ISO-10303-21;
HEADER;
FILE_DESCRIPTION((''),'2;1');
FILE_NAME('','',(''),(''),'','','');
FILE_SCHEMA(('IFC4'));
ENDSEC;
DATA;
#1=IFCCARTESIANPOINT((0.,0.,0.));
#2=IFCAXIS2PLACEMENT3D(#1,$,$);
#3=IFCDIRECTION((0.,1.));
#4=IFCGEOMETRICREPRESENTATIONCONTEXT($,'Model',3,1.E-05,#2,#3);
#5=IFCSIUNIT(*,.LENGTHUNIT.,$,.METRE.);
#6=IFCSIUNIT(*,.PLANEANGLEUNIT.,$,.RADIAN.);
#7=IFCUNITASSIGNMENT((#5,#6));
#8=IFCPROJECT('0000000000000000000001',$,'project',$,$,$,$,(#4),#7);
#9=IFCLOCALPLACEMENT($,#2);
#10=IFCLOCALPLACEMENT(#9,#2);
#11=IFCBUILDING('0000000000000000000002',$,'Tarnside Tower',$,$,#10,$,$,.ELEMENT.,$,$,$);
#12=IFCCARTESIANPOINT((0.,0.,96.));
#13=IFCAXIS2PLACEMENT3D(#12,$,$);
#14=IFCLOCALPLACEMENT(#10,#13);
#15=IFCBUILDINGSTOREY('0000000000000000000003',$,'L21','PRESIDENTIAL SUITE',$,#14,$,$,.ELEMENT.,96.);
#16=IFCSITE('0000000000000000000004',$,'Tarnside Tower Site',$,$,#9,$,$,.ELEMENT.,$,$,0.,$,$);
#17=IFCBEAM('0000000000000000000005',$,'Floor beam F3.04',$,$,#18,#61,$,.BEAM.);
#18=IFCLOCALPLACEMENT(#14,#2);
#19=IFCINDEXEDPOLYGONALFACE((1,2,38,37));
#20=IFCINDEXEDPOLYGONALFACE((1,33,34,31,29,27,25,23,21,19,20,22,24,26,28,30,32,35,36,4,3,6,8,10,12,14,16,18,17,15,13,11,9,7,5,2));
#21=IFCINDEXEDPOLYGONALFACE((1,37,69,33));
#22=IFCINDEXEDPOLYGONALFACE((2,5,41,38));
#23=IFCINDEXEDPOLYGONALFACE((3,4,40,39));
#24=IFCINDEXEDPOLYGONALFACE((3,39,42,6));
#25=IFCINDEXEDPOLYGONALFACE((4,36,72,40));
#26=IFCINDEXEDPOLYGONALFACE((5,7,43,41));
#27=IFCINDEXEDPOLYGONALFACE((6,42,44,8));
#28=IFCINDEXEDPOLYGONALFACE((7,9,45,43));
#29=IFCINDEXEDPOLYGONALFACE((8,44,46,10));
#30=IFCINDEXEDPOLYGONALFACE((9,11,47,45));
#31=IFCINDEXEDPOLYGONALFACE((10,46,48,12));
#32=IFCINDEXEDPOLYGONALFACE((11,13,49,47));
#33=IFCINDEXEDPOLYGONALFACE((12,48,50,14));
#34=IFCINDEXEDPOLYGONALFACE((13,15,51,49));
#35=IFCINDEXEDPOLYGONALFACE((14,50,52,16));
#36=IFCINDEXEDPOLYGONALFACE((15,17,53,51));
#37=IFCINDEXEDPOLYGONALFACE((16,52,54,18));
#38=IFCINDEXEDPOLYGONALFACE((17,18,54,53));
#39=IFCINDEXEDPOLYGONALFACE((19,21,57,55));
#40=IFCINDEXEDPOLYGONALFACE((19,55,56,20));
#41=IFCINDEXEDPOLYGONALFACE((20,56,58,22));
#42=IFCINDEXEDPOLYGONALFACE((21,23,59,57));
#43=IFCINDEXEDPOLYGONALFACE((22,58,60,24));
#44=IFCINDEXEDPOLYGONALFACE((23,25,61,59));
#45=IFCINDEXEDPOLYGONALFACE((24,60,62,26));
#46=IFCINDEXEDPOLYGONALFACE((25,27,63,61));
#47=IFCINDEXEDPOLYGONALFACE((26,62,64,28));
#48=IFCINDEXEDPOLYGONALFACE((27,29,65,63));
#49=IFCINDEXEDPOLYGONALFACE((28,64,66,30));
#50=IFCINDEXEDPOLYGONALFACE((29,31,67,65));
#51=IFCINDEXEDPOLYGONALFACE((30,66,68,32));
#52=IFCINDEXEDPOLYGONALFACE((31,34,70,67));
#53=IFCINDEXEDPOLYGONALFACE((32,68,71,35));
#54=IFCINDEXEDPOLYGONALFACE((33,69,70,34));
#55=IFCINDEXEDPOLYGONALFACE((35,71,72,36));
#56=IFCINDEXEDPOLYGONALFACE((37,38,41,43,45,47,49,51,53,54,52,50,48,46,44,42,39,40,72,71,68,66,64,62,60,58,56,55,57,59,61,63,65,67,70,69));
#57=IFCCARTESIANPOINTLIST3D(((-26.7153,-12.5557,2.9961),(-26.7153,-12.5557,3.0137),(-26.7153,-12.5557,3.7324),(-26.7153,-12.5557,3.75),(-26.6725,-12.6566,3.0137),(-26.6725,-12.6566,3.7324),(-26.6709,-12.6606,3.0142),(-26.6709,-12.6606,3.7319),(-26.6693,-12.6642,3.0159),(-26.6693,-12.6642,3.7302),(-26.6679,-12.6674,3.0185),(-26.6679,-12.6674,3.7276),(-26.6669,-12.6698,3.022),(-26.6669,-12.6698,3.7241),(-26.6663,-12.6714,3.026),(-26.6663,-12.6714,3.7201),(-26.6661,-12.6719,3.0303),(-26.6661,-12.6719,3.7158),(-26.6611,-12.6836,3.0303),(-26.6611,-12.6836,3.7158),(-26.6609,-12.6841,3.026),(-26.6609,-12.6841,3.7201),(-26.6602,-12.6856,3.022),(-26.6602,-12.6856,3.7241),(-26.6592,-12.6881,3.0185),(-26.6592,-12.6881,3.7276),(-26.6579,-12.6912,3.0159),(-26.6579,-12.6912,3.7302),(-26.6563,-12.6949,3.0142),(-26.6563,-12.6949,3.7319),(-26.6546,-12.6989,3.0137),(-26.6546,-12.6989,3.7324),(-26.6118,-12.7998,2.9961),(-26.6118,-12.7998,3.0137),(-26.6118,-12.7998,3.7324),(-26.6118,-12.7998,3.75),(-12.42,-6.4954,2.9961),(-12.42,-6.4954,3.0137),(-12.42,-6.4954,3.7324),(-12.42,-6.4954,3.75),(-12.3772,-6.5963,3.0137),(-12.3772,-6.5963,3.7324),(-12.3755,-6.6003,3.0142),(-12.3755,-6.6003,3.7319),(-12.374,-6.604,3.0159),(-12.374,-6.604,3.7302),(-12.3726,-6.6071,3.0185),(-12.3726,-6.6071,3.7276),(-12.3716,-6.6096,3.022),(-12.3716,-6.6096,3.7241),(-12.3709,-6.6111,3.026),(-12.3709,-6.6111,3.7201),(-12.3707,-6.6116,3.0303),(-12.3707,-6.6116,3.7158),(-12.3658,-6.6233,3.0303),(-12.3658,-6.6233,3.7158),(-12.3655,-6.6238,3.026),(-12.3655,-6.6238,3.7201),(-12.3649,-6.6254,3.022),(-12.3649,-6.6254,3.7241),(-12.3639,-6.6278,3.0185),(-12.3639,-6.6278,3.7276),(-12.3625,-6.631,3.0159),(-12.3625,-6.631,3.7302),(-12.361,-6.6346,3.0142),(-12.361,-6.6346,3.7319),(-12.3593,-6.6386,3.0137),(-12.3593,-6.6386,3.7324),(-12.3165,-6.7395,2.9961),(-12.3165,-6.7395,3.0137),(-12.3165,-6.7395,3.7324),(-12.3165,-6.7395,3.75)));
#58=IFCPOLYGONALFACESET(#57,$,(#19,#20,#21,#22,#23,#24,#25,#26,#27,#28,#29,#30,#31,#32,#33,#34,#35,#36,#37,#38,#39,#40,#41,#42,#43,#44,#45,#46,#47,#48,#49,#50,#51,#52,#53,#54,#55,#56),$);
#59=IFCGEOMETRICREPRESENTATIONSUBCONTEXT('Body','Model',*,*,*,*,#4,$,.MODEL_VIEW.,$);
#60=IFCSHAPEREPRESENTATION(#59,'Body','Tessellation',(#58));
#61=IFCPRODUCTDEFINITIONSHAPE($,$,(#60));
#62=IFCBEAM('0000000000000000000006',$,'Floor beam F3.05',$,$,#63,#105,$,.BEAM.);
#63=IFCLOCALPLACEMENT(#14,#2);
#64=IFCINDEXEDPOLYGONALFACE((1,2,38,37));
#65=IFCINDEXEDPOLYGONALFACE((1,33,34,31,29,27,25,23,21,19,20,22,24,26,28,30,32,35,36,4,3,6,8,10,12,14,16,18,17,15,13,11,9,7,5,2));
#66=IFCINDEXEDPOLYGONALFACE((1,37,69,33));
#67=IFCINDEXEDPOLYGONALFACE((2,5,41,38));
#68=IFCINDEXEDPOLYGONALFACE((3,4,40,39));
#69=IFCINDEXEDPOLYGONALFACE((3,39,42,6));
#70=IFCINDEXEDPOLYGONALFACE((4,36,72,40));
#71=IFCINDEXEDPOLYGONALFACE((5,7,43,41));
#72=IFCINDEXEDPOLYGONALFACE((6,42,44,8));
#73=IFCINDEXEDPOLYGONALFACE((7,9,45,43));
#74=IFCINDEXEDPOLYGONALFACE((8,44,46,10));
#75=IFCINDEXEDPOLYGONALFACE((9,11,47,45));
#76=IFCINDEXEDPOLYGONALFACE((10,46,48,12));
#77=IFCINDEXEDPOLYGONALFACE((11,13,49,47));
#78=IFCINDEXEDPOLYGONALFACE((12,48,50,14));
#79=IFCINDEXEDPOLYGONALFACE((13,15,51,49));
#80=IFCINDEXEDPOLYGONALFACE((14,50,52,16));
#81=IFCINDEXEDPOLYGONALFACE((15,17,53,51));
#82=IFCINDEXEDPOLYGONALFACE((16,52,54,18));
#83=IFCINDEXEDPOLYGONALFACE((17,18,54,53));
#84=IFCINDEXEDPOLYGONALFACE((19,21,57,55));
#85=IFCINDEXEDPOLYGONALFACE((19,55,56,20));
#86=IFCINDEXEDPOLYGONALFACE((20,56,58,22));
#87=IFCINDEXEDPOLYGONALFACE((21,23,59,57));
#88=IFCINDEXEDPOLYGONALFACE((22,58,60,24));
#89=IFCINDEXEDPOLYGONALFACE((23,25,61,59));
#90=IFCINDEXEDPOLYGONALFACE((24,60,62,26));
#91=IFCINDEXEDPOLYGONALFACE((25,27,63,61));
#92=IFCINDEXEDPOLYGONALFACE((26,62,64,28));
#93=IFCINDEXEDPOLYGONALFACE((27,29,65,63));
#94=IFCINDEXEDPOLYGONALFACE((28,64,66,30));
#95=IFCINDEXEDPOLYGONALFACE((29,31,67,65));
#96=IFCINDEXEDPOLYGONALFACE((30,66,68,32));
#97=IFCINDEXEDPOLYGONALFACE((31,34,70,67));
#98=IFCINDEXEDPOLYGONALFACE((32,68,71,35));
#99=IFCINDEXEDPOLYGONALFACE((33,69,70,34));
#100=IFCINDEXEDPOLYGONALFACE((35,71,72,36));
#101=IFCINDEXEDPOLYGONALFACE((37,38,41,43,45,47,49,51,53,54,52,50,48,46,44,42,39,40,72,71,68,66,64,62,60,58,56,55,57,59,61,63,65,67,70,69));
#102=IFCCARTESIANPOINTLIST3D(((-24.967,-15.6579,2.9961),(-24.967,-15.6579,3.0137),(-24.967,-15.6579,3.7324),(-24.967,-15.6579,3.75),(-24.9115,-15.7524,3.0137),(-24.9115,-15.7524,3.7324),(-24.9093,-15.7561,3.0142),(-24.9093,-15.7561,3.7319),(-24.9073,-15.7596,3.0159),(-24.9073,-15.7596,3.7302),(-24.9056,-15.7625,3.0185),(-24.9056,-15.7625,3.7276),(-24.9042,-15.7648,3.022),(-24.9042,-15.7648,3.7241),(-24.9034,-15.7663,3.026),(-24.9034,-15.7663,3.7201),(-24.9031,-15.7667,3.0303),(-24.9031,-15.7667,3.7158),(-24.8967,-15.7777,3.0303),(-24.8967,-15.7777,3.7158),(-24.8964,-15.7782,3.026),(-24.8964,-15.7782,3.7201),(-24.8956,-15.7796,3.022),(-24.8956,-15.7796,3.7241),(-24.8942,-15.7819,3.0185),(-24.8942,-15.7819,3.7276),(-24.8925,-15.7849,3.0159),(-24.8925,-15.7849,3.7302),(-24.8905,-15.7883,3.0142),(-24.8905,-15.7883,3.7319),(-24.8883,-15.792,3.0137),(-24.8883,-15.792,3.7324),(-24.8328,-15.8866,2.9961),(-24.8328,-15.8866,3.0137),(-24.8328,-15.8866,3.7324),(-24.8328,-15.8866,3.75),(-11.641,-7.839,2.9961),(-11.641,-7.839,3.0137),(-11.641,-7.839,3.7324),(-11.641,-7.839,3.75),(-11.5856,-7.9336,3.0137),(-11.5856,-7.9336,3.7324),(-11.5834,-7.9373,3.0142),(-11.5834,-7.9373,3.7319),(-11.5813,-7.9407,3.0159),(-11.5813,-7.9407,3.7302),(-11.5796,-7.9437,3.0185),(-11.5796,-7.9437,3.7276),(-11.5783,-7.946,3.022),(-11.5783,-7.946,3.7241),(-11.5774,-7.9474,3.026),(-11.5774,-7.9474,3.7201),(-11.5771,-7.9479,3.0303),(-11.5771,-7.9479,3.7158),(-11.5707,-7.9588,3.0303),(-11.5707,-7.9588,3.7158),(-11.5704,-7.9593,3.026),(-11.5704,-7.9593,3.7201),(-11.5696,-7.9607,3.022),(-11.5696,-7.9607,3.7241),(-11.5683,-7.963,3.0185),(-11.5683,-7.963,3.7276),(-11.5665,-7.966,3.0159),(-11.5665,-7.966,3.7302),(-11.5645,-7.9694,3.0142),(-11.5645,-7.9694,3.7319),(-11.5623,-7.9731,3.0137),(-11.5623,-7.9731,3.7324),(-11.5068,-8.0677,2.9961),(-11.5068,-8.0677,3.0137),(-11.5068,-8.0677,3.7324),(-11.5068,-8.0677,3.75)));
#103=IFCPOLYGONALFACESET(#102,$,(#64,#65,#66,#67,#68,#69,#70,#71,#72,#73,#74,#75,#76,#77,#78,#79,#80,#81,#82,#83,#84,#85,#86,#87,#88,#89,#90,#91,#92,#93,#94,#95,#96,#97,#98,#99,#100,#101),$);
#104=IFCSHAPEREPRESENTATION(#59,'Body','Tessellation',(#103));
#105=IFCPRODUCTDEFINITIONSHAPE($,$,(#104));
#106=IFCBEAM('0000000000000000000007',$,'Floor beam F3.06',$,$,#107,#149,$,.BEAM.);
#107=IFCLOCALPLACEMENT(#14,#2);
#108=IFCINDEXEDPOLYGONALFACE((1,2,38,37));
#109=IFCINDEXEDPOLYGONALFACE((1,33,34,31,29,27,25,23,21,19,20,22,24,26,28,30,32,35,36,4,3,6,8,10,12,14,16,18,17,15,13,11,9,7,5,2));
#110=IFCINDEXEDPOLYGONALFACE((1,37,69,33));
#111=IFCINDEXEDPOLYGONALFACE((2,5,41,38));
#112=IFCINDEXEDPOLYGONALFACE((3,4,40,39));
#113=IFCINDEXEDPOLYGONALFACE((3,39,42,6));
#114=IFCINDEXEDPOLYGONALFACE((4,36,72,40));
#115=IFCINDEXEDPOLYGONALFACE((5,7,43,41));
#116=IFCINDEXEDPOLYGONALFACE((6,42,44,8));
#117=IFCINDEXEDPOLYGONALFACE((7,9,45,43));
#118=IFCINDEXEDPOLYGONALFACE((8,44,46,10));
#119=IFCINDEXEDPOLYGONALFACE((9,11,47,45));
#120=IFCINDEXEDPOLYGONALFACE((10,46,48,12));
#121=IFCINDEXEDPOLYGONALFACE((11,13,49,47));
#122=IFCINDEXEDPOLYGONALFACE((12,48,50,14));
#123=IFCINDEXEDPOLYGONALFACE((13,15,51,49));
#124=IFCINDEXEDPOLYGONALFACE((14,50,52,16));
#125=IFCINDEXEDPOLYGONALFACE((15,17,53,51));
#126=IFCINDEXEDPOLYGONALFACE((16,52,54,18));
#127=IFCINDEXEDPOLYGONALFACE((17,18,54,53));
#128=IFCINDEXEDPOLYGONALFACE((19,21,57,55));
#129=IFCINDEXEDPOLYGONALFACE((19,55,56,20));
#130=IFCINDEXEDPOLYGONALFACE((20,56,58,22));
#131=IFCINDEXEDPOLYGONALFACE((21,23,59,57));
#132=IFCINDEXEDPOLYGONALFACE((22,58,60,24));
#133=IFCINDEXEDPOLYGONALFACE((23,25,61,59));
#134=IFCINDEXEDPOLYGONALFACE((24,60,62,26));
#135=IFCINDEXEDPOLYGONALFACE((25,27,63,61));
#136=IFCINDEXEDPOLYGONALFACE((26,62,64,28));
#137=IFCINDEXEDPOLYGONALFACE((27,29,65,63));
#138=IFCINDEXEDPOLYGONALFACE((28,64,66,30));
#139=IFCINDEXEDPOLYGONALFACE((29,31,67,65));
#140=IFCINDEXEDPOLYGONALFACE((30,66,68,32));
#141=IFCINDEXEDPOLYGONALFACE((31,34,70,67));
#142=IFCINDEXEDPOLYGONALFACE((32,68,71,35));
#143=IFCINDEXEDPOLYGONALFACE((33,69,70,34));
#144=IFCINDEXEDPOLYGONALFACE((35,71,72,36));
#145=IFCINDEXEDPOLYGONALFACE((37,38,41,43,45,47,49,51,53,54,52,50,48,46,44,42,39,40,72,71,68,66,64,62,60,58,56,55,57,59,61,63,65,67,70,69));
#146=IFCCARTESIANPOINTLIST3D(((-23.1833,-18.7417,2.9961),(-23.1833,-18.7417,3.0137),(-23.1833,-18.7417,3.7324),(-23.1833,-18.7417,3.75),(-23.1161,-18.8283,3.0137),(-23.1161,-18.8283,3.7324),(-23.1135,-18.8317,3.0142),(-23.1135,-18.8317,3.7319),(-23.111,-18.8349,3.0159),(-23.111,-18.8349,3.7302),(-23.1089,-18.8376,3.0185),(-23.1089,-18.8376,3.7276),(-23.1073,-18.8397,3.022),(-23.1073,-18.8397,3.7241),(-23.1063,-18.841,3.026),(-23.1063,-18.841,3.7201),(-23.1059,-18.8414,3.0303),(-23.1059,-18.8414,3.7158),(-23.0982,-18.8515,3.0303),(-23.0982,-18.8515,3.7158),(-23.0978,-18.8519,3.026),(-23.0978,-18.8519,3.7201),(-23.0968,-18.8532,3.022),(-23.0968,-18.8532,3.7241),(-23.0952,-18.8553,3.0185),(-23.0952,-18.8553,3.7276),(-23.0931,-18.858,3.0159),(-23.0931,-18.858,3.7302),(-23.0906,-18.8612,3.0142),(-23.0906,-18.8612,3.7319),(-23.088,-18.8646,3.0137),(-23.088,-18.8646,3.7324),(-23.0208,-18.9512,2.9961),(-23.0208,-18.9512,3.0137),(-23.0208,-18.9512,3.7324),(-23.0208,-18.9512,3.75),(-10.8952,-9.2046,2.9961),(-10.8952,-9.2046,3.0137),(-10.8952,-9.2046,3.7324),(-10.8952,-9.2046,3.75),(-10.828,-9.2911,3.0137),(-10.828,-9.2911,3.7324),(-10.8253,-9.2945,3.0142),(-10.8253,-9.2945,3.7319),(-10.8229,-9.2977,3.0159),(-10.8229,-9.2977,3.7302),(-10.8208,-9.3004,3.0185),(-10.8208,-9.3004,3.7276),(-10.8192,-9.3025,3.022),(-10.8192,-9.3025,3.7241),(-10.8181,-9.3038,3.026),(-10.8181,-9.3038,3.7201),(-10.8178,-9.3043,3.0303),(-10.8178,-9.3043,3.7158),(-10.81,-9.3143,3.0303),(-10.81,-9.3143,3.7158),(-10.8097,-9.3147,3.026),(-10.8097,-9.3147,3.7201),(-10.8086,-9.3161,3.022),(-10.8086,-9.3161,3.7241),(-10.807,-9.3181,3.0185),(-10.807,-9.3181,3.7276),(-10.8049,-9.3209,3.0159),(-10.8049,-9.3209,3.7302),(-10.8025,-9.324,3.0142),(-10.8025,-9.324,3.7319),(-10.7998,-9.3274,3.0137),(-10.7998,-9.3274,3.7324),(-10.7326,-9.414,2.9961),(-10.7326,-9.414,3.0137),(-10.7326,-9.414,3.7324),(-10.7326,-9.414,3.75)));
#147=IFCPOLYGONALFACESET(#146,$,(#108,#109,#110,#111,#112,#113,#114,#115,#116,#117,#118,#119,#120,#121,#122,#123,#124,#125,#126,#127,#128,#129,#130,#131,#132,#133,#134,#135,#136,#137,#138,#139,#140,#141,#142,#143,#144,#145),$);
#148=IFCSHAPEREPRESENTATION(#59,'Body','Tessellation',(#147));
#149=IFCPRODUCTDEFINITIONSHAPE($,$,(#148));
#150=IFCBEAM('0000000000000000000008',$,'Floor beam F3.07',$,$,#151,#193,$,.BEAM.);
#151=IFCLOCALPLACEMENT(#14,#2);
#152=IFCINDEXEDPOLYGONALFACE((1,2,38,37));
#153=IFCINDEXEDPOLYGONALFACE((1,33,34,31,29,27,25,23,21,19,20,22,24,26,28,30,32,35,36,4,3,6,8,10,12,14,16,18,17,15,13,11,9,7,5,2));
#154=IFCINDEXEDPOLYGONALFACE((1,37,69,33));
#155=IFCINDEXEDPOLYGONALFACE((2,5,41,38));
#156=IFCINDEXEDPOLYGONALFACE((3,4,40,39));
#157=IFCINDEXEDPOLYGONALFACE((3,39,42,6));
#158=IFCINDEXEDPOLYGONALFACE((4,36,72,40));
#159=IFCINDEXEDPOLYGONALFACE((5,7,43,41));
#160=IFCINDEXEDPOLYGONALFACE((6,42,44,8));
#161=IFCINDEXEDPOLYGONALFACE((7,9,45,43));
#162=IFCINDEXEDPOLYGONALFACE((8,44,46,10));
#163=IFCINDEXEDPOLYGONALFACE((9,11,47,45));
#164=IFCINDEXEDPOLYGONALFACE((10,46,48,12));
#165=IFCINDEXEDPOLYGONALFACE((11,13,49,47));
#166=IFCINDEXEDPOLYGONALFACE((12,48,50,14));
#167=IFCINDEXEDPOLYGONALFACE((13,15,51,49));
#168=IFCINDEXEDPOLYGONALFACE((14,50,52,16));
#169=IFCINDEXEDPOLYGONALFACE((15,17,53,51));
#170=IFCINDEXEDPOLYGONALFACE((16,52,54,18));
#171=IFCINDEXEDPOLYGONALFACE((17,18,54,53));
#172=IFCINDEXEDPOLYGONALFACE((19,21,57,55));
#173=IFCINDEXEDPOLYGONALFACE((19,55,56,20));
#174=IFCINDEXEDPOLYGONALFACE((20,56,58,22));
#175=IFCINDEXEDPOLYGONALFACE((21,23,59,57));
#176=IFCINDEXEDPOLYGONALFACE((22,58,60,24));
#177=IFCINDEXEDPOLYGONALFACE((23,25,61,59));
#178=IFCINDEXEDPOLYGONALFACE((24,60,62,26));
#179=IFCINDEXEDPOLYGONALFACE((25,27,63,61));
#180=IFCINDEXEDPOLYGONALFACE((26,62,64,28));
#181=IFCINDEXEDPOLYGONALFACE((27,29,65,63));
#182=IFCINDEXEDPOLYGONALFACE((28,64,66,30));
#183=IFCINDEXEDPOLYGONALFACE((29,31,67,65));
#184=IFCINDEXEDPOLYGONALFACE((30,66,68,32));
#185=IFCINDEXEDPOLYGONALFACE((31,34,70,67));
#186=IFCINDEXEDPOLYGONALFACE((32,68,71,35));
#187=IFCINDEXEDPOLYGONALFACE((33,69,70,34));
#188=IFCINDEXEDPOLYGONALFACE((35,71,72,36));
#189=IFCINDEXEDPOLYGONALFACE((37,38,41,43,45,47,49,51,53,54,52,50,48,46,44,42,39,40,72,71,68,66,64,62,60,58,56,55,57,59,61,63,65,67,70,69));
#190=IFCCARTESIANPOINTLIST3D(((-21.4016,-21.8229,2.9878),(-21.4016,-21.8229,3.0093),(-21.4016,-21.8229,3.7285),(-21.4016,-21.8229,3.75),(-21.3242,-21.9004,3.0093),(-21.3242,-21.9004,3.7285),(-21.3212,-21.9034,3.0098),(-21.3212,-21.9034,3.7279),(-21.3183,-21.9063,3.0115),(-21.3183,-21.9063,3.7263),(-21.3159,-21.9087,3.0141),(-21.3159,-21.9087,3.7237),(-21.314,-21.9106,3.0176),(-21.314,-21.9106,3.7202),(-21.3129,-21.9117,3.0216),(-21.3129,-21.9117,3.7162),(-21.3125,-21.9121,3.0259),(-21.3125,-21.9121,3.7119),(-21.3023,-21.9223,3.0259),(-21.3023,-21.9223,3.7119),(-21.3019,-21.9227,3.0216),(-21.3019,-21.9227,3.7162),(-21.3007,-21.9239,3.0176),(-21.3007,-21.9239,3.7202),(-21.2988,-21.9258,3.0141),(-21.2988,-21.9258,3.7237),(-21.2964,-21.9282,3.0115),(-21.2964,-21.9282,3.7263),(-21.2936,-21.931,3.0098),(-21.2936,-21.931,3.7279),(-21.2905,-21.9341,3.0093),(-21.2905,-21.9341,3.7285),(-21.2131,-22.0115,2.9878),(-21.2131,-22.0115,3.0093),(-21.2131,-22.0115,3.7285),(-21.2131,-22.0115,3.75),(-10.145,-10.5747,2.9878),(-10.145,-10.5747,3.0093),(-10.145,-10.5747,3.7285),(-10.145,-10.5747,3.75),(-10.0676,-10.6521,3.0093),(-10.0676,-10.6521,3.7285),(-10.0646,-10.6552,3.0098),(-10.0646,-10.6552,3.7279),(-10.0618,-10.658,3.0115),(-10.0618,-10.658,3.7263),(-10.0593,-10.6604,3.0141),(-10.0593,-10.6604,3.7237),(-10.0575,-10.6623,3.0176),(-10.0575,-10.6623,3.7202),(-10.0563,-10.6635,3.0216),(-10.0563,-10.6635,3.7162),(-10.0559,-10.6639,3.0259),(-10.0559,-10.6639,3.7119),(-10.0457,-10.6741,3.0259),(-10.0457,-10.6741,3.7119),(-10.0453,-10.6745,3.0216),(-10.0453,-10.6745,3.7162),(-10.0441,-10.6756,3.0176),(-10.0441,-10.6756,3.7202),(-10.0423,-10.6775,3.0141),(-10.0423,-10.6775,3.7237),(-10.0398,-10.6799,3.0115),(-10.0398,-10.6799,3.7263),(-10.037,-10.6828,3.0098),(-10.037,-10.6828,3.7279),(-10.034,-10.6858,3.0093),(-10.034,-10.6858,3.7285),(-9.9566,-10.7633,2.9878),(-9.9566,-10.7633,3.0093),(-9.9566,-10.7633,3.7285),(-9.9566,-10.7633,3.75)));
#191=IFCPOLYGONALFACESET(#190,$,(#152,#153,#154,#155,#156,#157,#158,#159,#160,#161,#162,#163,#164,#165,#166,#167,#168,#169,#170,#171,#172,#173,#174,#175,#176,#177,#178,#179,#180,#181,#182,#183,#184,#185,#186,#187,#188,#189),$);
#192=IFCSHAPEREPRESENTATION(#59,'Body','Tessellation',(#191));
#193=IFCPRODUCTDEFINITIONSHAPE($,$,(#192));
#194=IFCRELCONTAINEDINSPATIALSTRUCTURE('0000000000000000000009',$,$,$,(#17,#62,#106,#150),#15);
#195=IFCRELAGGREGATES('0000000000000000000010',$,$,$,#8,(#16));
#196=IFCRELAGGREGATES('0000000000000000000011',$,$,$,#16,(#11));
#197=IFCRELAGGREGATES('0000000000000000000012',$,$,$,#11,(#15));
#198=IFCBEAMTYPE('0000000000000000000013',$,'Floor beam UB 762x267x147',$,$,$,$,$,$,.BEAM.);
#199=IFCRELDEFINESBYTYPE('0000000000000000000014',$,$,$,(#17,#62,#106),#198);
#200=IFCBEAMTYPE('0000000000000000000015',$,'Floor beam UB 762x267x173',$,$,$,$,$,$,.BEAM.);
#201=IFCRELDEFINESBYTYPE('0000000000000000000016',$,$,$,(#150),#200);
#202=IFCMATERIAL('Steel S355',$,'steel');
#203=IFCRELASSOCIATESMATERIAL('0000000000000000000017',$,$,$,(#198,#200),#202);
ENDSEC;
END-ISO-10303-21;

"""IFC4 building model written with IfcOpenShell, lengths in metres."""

from ifc_helpers import new_model, si_unit, direction, frame, origin, origin_2d, place, context, subcontext, project, spatial, i_section, extrude, material, material_profile, profile_set, type_object, element, save


model = new_model("IFC4")

# Units and contexts
model_context = context("Model", 3, precision=1e-05, world=origin(), true_north=direction((0.0, 1.0)))
body_context = subcontext(model_context, "Body", "Model", "MODEL_VIEW")
ifc_project = project(units=[si_unit("LENGTHUNIT", "METRE"), si_unit("PLANEANGLEUNIT", "RADIAN")], contexts=[model_context])

# Site, building, storey
site_placement = place(None, origin())
site = spatial("IfcSite", under=ifc_project, at=site_placement, Name="Tarnside Tower Site", CompositionType="ELEMENT", RefElevation=0.0)
building_placement = place(site_placement, origin())
building = spatial("IfcBuilding", under=site, at=building_placement, Name="Tarnside Tower", CompositionType="ELEMENT")
storey_placement = place(building_placement, frame((0.0, 0.0, 96.0)))
storey = spatial("IfcBuildingStorey", under=building, at=storey_placement, Name="L21", Description="PRESIDENTIAL SUITE", CompositionType="ELEMENT", Elevation=96.0)

# Beams
ifc_material_1 = material(Name="Steel S355", Category="steel")
ifc_material_profile_1 = material_profile(ifc_material_1, i_section(OverallWidth=0.2651, OverallDepth=0.7539, WebThickness=0.0127, FlangeThickness=0.0176, FilletRadius=0.0166, at=origin_2d()), Name="UB 762x267x147")
ifc_profile_set_1 = profile_set([ifc_material_profile_1], Name="Steel S355")
beam_type_1 = type_object("IfcBeamType", Name="Floor beam UB 762x267x147", PredefinedType="BEAM", material=ifc_profile_set_1)
beam_1_placement = place(storey_placement, frame((-26.6636, -12.6777, 3.373), z_axis=(0.920684, 0.390309, 0.0), x_axis=(-0.390309, 0.920684, 0.0)))
element("IfcBeam", 1, at=beam_1_placement, inside=storey, type_object=beam_type_1, Name="Floor beam F3.04", PredefinedType="BEAM", context=body_context, shape_type="SweptSolid", body=[
    extrude(i_section(OverallWidth=0.2651, OverallDepth=0.7539, WebThickness=0.0127, FlangeThickness=0.0176, FilletRadius=0.0166, at=origin_2d()), origin(), (0.0, 0.0, 1.0), 15.5269),
])
beam_2_placement = place(storey_placement, frame((-24.8999, -15.7722, 3.373), z_axis=(0.862498, 0.506061, 0.0), x_axis=(-0.506061, 0.862498, 0.0)))
element("IfcBeam", 2, at=beam_2_placement, inside=storey, type_object=beam_type_1, Name="Floor beam F3.05", PredefinedType="BEAM", context=body_context, shape_type="SweptSolid", body=[
    extrude(i_section(OverallWidth=0.2651, OverallDepth=0.7539, WebThickness=0.0127, FlangeThickness=0.0176, FilletRadius=0.0166, at=origin_2d()), origin(), (0.0, 0.0, 1.0), 15.4504),
])
beam_3_placement = place(storey_placement, frame((-23.1021, -18.8464, 3.373), z_axis=(0.789984, 0.613128, 0.0), x_axis=(-0.613128, 0.789984, 0.0)))
element("IfcBeam", 3, at=beam_3_placement, inside=storey, type_object=beam_type_1, Name="Floor beam F3.06", PredefinedType="BEAM", context=body_context, shape_type="SweptSolid", body=[
    extrude(i_section(OverallWidth=0.2651, OverallDepth=0.7539, WebThickness=0.0127, FlangeThickness=0.0176, FilletRadius=0.0166, at=origin_2d()), origin(), (0.0, 0.0, 1.0), 15.5549),
])
ifc_material_profile_2 = material_profile(ifc_material_1, i_section(OverallWidth=0.2666, OverallDepth=0.7622, WebThickness=0.0144, FlangeThickness=0.0215, FilletRadius=0.0166, at=origin_2d()), Name="UB 762x267x173")
ifc_profile_set_2 = profile_set([ifc_material_profile_2], Name="Steel S355")
beam_type_2 = type_object("IfcBeamType", Name="Floor beam UB 762x267x173", PredefinedType="BEAM", material=ifc_profile_set_2)
beam_4_placement = place(storey_placement, frame((-21.3074, -21.9172, 3.3689), z_axis=(0.707368, 0.706846, 0.0), x_axis=(-0.706846, 0.707368, 0.0)))
element("IfcBeam", 4, at=beam_4_placement, inside=storey, type_object=beam_type_2, Name="Floor beam F3.07", PredefinedType="BEAM", context=body_context, shape_type="SweptSolid", body=[
    extrude(i_section(OverallWidth=0.2666, OverallDepth=0.7622, WebThickness=0.0144, FlangeThickness=0.0215, FilletRadius=0.0166, at=origin_2d()), origin(), (0.0, 0.0, 1.0), 15.9133),
])

save(model, "model.ifc")
